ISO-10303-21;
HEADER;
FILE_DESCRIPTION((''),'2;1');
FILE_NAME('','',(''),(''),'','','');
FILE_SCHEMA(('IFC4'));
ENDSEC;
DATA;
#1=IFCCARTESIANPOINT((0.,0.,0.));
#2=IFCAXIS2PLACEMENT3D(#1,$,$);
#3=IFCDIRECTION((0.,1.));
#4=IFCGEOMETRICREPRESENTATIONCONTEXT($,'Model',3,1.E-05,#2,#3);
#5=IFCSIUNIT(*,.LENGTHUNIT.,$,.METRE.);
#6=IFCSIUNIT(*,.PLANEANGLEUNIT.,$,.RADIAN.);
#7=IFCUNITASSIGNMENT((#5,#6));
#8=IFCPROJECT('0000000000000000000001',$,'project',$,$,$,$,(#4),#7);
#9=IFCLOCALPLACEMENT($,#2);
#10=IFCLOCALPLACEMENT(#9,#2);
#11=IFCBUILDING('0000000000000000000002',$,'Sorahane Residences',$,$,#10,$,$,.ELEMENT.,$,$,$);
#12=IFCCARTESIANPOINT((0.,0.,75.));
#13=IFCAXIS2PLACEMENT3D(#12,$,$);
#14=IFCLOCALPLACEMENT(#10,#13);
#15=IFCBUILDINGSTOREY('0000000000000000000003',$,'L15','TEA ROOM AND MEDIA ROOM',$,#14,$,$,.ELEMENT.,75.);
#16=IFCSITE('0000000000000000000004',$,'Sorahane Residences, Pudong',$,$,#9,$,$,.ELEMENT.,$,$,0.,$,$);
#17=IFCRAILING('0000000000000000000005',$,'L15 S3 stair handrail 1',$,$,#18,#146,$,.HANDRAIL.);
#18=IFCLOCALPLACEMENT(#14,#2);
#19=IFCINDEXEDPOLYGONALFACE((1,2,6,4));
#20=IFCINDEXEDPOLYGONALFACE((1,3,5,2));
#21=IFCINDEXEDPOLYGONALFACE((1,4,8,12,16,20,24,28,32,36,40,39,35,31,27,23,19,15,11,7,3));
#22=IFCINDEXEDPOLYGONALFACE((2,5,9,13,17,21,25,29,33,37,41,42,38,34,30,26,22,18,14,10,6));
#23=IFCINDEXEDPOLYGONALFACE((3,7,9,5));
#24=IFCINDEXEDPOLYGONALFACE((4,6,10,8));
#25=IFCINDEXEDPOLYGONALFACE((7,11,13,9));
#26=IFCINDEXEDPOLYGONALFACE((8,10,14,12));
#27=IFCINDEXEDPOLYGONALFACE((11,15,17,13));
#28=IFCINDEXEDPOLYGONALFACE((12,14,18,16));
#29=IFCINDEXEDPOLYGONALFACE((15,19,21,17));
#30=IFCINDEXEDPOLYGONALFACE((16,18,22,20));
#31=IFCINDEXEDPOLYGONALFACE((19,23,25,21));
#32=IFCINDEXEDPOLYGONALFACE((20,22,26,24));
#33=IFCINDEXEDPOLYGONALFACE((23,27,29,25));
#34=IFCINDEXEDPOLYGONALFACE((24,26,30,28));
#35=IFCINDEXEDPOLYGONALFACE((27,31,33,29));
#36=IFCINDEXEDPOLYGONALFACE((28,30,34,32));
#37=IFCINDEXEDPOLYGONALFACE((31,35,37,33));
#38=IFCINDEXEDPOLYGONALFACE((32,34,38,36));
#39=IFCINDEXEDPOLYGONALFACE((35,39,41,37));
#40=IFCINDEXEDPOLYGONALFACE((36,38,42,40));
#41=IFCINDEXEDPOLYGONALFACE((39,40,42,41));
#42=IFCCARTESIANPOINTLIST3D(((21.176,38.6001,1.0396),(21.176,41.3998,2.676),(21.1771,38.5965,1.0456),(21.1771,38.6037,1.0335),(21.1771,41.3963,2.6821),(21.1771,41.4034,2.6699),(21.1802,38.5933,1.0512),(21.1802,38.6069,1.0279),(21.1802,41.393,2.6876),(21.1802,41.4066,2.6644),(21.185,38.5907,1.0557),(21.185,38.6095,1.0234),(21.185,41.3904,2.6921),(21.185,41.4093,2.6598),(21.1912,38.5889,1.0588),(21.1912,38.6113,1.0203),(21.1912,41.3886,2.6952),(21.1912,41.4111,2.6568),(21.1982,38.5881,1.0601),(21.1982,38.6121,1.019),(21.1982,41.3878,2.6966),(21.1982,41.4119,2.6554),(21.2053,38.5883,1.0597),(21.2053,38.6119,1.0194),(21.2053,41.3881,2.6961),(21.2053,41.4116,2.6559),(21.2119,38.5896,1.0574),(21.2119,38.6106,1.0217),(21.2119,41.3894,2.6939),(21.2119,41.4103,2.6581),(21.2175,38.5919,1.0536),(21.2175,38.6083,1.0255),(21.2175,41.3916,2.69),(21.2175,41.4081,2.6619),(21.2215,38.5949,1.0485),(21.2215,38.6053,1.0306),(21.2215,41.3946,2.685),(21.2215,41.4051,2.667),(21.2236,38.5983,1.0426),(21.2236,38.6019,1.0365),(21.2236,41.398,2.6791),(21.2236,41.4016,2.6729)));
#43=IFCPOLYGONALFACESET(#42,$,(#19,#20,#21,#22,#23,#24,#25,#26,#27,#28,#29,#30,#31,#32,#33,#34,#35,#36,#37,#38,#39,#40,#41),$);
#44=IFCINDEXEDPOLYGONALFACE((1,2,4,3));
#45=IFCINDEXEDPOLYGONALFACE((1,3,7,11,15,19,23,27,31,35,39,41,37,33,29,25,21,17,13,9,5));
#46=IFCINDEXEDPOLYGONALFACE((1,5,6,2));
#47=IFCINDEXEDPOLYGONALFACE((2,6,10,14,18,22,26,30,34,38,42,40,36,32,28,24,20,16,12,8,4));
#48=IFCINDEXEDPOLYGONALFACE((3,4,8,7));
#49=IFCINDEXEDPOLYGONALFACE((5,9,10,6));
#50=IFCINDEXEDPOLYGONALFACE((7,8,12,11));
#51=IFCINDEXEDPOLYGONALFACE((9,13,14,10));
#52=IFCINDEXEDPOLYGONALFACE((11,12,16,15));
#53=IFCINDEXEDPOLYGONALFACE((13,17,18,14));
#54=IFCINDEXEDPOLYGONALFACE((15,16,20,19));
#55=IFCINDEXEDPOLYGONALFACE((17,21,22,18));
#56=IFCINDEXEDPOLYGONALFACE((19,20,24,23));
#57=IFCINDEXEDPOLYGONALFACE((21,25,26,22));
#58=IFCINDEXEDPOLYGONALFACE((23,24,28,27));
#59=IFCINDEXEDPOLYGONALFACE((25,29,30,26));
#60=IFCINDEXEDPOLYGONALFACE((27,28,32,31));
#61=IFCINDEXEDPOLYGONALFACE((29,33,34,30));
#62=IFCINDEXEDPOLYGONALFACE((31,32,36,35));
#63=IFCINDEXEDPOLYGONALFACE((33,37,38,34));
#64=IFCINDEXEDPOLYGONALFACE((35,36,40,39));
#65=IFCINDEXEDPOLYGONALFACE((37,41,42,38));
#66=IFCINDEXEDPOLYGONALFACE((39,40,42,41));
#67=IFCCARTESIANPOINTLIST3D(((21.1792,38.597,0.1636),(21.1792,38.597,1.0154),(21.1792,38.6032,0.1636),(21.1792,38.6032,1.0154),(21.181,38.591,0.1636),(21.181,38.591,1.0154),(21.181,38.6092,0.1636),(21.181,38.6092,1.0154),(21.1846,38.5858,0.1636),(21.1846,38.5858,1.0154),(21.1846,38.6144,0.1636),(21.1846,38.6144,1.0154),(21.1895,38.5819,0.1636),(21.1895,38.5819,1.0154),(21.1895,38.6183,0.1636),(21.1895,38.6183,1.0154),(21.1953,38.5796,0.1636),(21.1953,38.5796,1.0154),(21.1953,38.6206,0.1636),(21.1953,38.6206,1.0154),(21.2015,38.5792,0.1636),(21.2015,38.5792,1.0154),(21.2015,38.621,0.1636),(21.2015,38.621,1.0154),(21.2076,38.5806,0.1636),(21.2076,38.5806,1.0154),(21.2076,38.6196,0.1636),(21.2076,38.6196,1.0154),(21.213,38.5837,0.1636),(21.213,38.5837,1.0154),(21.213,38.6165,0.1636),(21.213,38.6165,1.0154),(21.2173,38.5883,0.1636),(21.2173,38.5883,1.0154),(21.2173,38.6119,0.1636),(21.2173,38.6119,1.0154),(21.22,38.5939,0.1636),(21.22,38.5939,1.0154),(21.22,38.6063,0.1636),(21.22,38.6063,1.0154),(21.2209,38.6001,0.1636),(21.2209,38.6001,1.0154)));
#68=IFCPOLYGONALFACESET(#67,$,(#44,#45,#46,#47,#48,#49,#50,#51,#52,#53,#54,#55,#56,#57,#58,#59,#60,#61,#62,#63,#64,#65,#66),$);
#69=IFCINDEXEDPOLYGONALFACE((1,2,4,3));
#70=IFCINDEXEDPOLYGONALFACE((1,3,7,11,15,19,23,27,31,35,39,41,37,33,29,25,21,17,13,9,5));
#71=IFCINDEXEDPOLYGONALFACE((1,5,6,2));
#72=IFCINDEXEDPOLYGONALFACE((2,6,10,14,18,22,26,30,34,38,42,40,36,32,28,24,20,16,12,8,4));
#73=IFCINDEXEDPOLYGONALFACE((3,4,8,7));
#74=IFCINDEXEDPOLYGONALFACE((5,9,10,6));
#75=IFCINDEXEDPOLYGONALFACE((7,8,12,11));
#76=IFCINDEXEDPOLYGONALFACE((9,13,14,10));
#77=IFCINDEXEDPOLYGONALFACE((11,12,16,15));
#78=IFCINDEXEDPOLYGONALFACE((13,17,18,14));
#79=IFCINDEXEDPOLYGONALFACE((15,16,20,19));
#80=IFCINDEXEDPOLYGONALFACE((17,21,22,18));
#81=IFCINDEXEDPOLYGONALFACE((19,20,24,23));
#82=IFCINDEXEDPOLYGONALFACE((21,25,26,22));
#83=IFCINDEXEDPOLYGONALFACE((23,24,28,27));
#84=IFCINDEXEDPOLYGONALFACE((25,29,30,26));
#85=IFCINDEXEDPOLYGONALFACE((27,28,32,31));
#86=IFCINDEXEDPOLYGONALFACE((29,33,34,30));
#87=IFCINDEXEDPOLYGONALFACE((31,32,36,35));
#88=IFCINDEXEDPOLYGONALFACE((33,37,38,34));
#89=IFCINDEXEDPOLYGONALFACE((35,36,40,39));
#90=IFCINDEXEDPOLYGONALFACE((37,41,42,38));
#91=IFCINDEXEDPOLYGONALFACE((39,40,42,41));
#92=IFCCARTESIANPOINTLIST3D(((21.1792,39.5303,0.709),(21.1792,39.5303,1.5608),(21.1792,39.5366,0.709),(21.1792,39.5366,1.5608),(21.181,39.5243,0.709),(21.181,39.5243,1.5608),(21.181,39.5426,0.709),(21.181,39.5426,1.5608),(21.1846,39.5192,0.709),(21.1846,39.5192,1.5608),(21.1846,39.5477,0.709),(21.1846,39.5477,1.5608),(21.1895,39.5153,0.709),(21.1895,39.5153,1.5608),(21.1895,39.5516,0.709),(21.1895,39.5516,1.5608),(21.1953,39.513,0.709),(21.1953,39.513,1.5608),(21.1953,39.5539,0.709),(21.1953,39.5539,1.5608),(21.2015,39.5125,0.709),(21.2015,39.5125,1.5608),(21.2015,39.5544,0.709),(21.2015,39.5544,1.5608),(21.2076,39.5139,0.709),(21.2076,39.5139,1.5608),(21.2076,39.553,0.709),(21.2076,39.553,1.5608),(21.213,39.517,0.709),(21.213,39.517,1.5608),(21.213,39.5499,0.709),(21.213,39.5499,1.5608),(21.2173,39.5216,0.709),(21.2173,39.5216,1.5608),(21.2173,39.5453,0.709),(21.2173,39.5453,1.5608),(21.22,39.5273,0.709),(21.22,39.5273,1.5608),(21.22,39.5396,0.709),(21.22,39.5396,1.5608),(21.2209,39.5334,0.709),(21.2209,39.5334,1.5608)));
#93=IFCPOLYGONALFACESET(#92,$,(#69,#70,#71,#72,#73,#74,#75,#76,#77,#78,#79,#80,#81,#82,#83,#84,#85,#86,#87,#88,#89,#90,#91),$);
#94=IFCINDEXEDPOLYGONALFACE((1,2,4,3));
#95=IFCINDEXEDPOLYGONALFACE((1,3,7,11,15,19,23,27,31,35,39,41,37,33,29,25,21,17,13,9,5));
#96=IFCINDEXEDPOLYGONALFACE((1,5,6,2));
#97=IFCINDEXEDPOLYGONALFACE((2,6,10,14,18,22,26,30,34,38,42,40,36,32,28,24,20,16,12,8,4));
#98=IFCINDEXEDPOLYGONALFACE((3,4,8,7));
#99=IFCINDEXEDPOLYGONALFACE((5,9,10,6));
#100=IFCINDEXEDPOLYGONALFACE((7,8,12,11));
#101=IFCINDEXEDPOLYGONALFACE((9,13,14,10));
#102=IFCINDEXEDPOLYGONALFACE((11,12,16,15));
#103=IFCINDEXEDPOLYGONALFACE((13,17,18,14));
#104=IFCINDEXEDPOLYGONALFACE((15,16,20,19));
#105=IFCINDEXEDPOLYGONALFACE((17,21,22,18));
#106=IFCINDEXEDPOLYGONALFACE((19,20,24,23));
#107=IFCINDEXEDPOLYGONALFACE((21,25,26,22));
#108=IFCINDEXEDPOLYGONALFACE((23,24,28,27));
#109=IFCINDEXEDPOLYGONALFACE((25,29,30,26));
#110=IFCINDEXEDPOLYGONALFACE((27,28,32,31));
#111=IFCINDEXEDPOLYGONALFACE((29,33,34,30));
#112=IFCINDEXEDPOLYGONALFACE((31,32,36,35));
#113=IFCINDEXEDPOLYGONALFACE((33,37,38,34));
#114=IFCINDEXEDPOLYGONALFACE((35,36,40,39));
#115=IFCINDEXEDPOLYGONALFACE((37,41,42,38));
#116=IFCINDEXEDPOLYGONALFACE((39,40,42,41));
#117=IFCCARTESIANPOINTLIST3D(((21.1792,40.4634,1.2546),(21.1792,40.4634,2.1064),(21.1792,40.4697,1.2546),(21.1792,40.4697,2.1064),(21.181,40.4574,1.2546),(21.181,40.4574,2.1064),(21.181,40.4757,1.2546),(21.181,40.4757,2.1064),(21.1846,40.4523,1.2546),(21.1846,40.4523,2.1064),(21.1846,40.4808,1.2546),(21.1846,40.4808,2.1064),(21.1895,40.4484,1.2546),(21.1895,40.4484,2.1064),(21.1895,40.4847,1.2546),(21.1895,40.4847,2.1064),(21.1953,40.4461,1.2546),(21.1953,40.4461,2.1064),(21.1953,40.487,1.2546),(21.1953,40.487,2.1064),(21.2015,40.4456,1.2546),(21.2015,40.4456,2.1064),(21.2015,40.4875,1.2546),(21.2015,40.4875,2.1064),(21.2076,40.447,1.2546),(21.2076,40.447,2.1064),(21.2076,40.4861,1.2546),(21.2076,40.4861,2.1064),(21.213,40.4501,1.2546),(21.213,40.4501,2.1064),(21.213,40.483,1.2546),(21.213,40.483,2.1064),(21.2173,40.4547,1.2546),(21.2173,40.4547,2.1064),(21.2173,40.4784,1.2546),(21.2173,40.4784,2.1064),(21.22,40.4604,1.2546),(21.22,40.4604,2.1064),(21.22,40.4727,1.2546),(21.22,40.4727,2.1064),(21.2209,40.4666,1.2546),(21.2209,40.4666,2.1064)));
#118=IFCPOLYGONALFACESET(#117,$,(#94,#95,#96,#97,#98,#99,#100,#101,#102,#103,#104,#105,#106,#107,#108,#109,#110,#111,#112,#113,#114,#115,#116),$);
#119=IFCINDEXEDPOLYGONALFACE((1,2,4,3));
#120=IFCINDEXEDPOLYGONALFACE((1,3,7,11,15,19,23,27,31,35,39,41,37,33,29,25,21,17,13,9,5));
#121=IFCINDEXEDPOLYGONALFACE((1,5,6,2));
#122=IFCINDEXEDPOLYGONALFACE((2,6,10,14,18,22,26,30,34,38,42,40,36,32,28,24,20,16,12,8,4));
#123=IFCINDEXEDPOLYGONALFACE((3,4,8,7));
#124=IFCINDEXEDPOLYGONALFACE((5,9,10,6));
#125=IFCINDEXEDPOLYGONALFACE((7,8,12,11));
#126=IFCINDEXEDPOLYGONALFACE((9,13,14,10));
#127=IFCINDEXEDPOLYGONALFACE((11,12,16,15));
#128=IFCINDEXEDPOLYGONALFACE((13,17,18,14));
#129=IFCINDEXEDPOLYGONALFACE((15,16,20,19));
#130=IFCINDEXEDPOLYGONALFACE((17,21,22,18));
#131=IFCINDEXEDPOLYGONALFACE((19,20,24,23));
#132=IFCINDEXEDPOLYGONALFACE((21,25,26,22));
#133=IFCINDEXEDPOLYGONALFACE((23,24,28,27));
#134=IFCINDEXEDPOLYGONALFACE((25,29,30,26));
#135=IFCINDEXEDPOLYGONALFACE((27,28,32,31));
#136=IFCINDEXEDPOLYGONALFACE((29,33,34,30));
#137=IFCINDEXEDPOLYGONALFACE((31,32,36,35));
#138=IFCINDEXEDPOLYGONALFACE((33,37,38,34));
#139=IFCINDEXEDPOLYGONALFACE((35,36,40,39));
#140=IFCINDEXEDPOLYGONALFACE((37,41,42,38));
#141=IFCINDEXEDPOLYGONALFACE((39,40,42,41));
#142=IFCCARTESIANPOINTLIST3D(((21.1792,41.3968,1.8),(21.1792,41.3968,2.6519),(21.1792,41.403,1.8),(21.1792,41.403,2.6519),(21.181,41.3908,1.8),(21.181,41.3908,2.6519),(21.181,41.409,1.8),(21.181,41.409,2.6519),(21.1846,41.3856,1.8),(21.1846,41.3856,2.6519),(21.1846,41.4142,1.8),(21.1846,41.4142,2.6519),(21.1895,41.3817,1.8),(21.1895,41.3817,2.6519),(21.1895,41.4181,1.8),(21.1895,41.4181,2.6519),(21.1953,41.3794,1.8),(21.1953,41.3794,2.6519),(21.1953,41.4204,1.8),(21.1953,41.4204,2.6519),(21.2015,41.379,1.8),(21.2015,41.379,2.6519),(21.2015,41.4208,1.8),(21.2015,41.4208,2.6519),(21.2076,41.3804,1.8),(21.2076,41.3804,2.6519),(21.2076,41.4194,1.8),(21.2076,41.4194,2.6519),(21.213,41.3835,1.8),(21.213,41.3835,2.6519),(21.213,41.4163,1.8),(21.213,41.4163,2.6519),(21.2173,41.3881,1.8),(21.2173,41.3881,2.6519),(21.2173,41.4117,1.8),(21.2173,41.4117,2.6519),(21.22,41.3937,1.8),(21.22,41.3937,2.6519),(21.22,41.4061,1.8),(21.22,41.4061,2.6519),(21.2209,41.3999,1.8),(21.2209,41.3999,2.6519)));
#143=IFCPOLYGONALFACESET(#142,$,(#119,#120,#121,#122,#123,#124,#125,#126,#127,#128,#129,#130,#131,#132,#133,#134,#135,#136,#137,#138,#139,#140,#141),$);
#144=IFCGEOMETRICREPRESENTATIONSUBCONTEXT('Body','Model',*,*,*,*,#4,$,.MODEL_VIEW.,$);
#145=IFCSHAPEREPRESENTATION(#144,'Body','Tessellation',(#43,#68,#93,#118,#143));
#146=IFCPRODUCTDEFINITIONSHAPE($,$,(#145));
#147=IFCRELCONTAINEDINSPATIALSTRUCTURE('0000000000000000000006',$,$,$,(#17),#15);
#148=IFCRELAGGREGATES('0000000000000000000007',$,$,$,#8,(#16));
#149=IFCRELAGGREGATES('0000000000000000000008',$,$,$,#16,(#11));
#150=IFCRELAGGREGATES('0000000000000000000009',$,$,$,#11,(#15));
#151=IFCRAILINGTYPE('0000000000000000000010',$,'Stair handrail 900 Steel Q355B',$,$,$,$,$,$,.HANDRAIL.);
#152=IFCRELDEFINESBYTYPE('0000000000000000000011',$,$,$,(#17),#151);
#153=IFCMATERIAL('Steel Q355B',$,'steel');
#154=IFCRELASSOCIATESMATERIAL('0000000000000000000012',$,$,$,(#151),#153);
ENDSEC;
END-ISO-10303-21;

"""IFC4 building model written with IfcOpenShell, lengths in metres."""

from ifc_helpers import new_model, si_unit, direction, frame, origin, origin_2d, place, context, subcontext, project, spatial, circle, extrude, material, type_object, element, save


model = new_model("IFC4")

# Units and contexts
model_context = context("Model", 3, precision=1e-05, world=origin(), true_north=direction((0.0, 1.0)))
body_context = subcontext(model_context, "Body", "Model", "MODEL_VIEW")
ifc_project = project(units=[si_unit("LENGTHUNIT", "METRE"), si_unit("PLANEANGLEUNIT", "RADIAN")], contexts=[model_context])

# Site, building, storey
site_placement = place(None, origin())
site = spatial("IfcSite", under=ifc_project, at=site_placement, Name="Sorahane Residences, Pudong", CompositionType="ELEMENT", RefElevation=0.0)
building_placement = place(site_placement, origin())
building = spatial("IfcBuilding", under=site, at=building_placement, Name="Sorahane Residences", CompositionType="ELEMENT")
storey_placement = place(building_placement, frame((0.0, 0.0, 75.0)))
storey = spatial("IfcBuildingStorey", under=building, at=storey_placement, Name="L15", Description="TEA ROOM AND MEDIA ROOM", CompositionType="ELEMENT", Elevation=75.0)

# Railing
ifc_material_1 = material(Name="Steel Q355B", Category="steel")
railing_type_1 = type_object("IfcRailingType", Name="Stair handrail 900 Steel Q355B", PredefinedType="HANDRAIL", material=ifc_material_1)
railing_1_placement = place(storey_placement, frame((21.2, 38.6001, 0.1636)))
element("IfcRailing", 1, at=railing_1_placement, inside=storey, type_object=railing_type_1, Name="L15 S3 stair handrail 1", PredefinedType="HANDRAIL", context=body_context, shape_type="SweptSolid", body=[
    extrude(circle(Radius=0.0239, at=origin_2d()), frame((0.0, 0.0, 0.876), z_axis=(0.0, 0.863342, 0.50462), x_axis=(-1.0, 0.0, 0.0)), (0.0, 0.0, 1.0), 3.2429),
    extrude(circle(Radius=0.021, at=origin_2d()), origin(), (0.0, 0.0, 1.0), 0.8518),
    extrude(circle(Radius=0.021, at=origin_2d()), frame((0.0, 0.9333, 0.5454)), (0.0, 0.0, 1.0), 0.8518),
    extrude(circle(Radius=0.021, at=origin_2d()), frame((0.0, 1.8665, 1.0911)), (0.0, 0.0, 1.0), 0.8518),
    extrude(circle(Radius=0.021, at=origin_2d()), frame((0.0, 2.7998, 1.6365)), (0.0, 0.0, 1.0), 0.8518),
])

save(model, "model.ifc")
